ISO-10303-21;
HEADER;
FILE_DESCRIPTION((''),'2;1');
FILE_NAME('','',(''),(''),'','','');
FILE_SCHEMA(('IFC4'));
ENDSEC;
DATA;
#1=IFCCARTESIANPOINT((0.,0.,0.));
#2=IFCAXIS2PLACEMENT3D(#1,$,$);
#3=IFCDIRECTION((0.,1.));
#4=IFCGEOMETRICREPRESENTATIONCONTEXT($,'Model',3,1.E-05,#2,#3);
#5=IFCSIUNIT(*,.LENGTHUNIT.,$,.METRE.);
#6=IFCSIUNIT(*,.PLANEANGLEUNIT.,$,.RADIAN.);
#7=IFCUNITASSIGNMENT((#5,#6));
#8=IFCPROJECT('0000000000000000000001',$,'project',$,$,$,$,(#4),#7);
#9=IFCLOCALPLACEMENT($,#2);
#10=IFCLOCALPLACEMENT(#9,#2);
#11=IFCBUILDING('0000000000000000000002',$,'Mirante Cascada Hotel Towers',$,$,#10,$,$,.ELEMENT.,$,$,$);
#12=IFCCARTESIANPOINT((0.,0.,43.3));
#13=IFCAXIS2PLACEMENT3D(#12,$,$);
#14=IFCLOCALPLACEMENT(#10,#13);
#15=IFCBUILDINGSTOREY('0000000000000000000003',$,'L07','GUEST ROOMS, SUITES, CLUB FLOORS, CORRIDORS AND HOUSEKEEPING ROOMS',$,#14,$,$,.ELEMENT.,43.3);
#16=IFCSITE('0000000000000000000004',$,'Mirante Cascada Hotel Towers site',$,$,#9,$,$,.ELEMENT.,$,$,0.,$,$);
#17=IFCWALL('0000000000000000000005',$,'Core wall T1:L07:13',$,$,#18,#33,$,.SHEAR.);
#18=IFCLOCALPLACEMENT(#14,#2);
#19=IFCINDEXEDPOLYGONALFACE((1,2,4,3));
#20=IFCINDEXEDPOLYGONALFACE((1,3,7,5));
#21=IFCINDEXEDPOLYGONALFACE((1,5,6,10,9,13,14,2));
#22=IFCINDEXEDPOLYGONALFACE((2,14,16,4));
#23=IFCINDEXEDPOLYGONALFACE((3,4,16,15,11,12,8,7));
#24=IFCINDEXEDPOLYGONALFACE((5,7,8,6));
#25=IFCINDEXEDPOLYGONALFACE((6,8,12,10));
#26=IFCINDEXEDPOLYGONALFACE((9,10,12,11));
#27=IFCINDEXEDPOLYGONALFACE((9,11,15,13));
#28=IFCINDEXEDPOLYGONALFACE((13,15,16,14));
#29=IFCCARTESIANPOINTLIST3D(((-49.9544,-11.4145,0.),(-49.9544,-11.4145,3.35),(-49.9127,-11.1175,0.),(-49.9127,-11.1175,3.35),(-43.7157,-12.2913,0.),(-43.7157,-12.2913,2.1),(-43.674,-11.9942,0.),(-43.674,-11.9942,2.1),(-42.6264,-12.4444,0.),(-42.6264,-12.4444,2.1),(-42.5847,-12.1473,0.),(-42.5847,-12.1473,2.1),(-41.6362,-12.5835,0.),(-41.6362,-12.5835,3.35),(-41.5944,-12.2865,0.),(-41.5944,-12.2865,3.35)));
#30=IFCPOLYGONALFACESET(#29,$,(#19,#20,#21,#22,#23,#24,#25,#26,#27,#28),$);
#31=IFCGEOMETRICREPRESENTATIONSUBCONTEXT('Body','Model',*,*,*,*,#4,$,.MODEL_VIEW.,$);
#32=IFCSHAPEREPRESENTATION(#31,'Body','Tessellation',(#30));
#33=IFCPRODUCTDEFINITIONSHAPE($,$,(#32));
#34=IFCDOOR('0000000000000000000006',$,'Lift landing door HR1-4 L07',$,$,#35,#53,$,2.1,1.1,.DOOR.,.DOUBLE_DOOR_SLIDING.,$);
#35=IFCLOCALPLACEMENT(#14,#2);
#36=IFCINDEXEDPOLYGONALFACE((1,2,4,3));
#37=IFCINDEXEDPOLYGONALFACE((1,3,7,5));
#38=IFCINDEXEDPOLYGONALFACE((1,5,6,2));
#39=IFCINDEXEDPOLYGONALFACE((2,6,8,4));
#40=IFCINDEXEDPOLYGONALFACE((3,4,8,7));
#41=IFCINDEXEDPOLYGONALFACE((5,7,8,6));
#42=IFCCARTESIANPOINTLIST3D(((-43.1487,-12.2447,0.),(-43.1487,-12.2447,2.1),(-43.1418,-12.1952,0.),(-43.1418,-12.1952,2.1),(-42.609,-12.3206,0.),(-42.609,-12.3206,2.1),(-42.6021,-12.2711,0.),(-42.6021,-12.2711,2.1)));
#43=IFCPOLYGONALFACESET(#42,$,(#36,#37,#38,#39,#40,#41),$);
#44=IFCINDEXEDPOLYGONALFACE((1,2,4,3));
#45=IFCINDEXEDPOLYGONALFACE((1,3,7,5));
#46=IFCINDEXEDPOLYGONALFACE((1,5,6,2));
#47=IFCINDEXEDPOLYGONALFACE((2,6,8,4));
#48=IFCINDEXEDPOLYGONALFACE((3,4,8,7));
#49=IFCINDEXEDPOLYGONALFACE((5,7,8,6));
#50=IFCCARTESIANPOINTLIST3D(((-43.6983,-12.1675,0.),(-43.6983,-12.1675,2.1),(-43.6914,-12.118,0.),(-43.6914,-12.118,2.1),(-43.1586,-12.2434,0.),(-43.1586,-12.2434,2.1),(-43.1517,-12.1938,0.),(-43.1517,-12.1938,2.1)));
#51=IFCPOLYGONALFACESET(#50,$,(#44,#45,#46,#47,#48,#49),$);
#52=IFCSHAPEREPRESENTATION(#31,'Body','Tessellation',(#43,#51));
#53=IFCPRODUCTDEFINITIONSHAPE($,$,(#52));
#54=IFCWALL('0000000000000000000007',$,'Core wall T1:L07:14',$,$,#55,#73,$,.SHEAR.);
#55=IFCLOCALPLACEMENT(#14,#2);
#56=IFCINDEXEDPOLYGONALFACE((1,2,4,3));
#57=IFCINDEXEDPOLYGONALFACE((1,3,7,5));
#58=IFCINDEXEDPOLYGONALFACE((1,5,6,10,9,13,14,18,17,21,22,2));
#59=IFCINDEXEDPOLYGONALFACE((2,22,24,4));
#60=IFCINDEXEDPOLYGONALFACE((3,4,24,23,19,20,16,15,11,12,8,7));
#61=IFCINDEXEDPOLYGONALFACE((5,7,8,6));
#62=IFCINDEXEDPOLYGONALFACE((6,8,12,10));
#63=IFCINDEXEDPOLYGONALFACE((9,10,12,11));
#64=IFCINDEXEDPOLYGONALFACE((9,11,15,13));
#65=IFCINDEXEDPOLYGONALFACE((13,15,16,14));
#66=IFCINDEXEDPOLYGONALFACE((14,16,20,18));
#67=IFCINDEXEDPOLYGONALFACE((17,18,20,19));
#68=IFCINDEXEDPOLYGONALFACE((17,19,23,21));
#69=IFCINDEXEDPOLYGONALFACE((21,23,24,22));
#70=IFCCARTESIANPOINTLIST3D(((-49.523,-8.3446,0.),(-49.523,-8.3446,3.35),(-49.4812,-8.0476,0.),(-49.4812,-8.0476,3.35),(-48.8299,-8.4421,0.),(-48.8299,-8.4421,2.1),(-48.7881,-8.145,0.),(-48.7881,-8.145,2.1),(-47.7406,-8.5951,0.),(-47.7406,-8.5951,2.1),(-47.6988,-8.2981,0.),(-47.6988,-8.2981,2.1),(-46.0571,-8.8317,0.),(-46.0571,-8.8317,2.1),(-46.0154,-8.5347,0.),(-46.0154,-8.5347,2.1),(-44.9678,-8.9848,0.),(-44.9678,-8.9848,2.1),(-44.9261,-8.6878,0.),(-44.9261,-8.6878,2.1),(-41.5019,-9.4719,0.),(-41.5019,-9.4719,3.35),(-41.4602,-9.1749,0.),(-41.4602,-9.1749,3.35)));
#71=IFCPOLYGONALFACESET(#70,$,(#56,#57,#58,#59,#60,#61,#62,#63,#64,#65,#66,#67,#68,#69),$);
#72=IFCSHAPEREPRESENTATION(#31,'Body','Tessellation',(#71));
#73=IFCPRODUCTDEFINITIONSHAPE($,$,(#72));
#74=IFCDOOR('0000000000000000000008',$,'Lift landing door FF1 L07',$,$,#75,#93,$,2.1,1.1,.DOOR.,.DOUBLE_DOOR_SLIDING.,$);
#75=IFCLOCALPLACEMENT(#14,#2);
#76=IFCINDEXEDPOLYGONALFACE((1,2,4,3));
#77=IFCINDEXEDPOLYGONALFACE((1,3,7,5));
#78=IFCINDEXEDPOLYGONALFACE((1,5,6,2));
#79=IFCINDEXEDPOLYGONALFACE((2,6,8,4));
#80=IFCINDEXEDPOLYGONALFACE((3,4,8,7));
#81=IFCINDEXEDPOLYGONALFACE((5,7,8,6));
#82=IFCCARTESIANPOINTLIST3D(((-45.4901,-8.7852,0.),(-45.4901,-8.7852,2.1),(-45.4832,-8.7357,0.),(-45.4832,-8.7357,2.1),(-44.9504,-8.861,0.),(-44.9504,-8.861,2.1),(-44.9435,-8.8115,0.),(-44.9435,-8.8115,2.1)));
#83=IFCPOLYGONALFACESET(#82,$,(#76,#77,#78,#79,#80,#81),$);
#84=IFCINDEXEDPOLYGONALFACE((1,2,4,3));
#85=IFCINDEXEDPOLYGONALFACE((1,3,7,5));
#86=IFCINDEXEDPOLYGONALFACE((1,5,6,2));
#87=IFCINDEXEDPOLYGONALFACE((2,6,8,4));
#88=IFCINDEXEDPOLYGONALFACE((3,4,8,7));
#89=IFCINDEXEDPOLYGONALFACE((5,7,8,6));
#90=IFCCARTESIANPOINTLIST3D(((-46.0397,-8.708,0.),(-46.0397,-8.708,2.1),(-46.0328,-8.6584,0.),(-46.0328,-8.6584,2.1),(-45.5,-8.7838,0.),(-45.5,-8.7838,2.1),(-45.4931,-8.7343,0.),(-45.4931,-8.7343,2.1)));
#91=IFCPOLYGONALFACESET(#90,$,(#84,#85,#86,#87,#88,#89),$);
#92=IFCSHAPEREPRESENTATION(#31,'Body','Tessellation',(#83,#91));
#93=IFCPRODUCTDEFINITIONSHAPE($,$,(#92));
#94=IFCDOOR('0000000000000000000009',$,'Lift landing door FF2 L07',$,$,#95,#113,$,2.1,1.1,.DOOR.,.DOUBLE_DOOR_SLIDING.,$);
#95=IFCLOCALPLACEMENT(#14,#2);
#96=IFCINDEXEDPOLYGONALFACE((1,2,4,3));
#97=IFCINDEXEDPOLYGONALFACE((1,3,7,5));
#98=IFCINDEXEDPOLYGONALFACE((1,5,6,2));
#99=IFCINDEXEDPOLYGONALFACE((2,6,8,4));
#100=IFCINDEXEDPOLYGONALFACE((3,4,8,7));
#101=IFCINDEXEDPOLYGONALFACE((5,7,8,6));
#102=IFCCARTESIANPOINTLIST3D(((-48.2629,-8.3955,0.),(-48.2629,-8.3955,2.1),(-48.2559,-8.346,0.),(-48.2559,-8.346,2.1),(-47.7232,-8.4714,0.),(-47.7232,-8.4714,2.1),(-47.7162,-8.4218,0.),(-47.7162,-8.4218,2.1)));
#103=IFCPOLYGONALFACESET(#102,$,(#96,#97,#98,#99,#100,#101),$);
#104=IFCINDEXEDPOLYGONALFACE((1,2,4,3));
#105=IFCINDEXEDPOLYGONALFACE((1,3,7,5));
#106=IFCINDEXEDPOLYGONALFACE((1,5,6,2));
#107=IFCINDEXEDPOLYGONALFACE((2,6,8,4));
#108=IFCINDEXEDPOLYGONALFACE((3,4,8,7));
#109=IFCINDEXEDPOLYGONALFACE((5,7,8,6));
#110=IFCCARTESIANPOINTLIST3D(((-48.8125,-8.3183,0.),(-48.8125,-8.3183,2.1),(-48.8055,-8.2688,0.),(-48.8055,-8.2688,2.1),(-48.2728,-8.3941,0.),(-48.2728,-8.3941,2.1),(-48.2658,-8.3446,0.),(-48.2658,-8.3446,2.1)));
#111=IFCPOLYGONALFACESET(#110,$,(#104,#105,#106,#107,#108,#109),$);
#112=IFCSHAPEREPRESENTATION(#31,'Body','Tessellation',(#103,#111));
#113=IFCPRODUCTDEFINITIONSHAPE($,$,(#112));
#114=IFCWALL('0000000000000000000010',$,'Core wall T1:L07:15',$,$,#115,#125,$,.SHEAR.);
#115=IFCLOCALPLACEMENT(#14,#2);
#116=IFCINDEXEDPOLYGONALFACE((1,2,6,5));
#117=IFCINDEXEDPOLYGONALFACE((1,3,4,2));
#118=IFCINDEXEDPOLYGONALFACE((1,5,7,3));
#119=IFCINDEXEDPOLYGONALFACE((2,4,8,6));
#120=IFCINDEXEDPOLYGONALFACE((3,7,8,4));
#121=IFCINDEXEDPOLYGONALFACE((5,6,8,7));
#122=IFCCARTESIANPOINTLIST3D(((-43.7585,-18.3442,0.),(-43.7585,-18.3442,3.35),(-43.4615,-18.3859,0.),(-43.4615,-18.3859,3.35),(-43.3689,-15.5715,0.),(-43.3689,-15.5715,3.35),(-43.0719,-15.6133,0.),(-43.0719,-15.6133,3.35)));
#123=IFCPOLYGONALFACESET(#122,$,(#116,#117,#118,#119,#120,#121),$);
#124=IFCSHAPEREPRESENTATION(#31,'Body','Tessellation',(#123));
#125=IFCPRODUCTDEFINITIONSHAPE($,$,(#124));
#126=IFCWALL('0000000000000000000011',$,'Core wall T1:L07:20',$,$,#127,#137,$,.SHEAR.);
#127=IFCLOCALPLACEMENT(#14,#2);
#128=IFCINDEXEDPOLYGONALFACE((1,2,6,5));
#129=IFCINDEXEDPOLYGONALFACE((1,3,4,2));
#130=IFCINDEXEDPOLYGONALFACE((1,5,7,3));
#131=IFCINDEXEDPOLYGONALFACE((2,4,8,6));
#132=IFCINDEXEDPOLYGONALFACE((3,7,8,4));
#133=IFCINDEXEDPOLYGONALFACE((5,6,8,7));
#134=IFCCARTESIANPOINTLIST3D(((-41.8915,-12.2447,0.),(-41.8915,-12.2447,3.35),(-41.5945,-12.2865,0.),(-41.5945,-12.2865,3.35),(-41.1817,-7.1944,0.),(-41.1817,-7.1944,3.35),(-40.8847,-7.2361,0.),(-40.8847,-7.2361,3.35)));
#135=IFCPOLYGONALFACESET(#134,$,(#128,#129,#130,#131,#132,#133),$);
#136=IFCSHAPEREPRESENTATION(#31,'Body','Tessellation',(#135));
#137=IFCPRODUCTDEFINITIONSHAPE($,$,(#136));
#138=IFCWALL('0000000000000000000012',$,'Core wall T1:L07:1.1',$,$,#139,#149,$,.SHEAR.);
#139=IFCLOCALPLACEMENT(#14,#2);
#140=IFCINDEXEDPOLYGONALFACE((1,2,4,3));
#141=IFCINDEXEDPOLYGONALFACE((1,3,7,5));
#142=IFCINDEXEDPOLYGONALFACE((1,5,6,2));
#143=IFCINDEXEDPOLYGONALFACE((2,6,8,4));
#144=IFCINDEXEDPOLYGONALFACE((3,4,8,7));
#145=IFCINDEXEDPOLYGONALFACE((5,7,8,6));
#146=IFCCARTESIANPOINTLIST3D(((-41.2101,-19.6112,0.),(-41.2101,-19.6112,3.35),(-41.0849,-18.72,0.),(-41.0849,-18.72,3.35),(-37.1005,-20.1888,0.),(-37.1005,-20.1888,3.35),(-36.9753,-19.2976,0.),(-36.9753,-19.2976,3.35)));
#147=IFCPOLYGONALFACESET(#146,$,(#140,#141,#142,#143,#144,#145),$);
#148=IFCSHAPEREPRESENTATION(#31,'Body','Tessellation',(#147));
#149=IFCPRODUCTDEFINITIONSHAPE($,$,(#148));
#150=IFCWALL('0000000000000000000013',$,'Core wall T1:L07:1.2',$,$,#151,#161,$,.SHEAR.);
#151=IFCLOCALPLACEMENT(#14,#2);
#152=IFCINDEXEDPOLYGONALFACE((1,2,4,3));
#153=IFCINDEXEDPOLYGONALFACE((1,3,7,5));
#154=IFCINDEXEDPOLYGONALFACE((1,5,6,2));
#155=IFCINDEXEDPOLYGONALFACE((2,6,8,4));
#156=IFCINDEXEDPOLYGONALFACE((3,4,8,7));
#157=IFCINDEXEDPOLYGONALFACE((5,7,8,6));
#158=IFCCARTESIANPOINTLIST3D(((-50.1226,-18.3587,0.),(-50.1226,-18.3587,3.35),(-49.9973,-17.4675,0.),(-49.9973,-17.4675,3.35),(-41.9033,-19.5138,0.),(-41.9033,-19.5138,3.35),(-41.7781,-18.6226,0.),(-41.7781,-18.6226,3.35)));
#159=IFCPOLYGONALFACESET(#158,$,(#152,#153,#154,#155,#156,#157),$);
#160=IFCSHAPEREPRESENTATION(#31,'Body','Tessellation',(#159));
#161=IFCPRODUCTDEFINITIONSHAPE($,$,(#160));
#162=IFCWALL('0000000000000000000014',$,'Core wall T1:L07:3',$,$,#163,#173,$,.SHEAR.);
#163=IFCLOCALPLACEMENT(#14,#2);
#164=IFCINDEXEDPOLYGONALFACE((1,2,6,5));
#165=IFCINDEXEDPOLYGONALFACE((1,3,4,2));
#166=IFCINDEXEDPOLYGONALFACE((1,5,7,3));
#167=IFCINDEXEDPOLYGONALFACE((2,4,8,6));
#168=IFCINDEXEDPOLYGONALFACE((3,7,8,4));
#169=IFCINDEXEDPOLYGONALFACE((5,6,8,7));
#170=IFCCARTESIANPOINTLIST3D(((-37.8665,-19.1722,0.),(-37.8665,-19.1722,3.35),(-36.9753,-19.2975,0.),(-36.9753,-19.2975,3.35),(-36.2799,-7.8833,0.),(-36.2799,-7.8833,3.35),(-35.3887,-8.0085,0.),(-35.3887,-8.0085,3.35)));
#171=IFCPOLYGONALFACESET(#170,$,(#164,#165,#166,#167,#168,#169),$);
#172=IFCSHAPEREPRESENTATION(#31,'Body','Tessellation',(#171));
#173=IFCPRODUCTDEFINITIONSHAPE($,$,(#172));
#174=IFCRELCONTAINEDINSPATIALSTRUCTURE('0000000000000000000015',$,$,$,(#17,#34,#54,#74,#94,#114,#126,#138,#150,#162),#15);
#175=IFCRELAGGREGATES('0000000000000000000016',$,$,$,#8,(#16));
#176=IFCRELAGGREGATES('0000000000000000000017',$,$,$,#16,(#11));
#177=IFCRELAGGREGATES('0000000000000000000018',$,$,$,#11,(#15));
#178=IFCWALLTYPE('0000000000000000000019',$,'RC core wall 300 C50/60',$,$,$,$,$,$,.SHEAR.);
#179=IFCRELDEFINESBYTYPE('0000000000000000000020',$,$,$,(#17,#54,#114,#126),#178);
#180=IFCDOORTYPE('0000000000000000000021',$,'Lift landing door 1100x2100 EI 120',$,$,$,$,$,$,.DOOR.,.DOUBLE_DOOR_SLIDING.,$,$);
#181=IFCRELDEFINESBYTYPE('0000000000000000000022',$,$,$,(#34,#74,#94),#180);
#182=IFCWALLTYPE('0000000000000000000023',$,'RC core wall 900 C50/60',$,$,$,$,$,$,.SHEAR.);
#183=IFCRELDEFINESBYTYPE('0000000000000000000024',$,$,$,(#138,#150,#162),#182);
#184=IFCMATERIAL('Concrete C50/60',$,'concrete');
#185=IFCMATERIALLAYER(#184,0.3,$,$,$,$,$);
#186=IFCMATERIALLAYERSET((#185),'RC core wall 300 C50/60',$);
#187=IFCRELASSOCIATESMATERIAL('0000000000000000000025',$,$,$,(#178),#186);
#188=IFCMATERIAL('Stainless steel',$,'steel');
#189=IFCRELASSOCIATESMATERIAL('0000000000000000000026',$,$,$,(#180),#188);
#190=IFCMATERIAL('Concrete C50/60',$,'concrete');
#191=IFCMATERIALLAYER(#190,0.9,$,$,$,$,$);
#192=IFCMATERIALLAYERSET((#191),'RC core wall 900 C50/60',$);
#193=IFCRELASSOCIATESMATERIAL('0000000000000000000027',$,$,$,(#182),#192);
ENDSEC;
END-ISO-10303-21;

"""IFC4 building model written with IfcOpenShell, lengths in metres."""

from ifc_helpers import new_model, si_unit, direction, frame, frame_2d, origin, place, context, subcontext, project, spatial, rectangle, extrude, material, layer, layer_set, type_object, element, fill, save


model = new_model("IFC4")

# Units and contexts
model_context = context("Model", 3, precision=1e-05, world=origin(), true_north=direction((0.0, 1.0)))
body_context = subcontext(model_context, "Body", "Model", "MODEL_VIEW")
ifc_project = project(units=[si_unit("LENGTHUNIT", "METRE"), si_unit("PLANEANGLEUNIT", "RADIAN")], contexts=[model_context])

# Site, building, storey
site_placement = place(None, origin())
site = spatial("IfcSite", under=ifc_project, at=site_placement, Name="Mirante Cascada Hotel Towers site", CompositionType="ELEMENT", RefElevation=0.0)
building_placement = place(site_placement, origin())
building = spatial("IfcBuilding", under=site, at=building_placement, Name="Mirante Cascada Hotel Towers", CompositionType="ELEMENT")
storey_placement = place(building_placement, frame((0.0, 0.0, 43.3)))
storey = spatial("IfcBuildingStorey", under=building, at=storey_placement, Name="L07", Description="GUEST ROOMS, SUITES, CLUB FLOORS, CORRIDORS AND HOUSEKEEPING ROOMS", CompositionType="ELEMENT", Elevation=43.3)

# Shared definitions
ifc_material_1 = material(Name="Concrete C50/60", Category="concrete")
ifc_layer_1 = layer(ifc_material_1, 0.3)
ifc_layer_set_1 = layer_set([ifc_layer_1], Name="RC core wall 300 C50/60")
wall_type_1 = type_object("IfcWallType", Name="RC core wall 300 C50/60", PredefinedType="SHEAR", material=ifc_layer_set_1)

# Shared definitions
ifc_material_2 = material(Name="Stainless steel", Category="steel")
door_type_1 = type_object("IfcDoorType", Name="Lift landing door 1100x2100 EI 120", OperationType="DOUBLE_DOOR_SLIDING", PredefinedType="DOOR", material=ifc_material_2)

# Wall, opening, door
wall_1_placement = place(storey_placement, frame((-41.6153, -12.435, 0.0), z_axis=(0.0, 0.0, 1.0), x_axis=(-0.990269, 0.139166, 0.0)))
wall_1 = element("IfcWall", 1, at=wall_1_placement, inside=storey, type_object=wall_type_1, Name="Core wall T1:L07:13", PredefinedType="SHEAR", context=body_context, shape_type="SweptSolid", body=[
    extrude(rectangle(XDim=8.4, YDim=0.3, at=frame_2d((4.2, 0.0))), origin(), (0.0, 0.0, 1.0), 3.35),
])
opening_1_placement = place(wall_1_placement, frame((1.0, 0.0, 0.0)))
opening_1 = element("IfcOpeningElement", 2, at=opening_1_placement, cuts=wall_1, PredefinedType="OPENING", context=body_context, shape_type="SweptSolid", body=[
    extrude(rectangle(XDim=1.1, YDim=2.1, at=frame_2d((0.55, 1.05))), frame((0.0, 0.15, 0.0), z_axis=(0.0, -1.0, 0.0), x_axis=(1.0, 0.0, 0.0)), (0.0, 0.0, 1.0), 0.3),
])
door_1_placement = place(opening_1_placement, origin())
door_1 = element("IfcDoor", 3, at=door_1_placement, inside=storey, type_object=door_type_1, Name="Lift landing door HR1-4 L07", OperationType="DOUBLE_DOOR_SLIDING", OverallHeight=2.1, OverallWidth=1.1, PredefinedType="DOOR", context=body_context, shape_type="SweptSolid", body=[
    extrude(rectangle(XDim=0.545, YDim=2.1, at=frame_2d((0.2725, 1.05))), frame((0.0, 0.025, 0.0), z_axis=(0.0, -1.0, 0.0), x_axis=(1.0, 0.0, 0.0)), (0.0, 0.0, 1.0), 0.05),
    extrude(rectangle(XDim=0.545, YDim=2.1, at=frame_2d((0.8275, 1.05))), frame((0.0, 0.025, 0.0), z_axis=(0.0, -1.0, 0.0), x_axis=(1.0, 0.0, 0.0)), (0.0, 0.0, 1.0), 0.05),
])
fill(opening_1, door_1)

# Wall, openings, doors
wall_2_placement = place(storey_placement, frame((-41.481, -9.3234, 0.0), z_axis=(0.0, 0.0, 1.0), x_axis=(-0.990268, 0.139174, 0.0)))
wall_2 = element("IfcWall", 4, at=wall_2_placement, inside=storey, type_object=wall_type_1, Name="Core wall T1:L07:14", PredefinedType="SHEAR", context=body_context, shape_type="SweptSolid", body=[
    extrude(rectangle(XDim=8.0999, YDim=0.3, at=frame_2d((4.05, 0.0))), origin(), (0.0, 0.0, 1.0), 3.35),
])
opening_2_placement = place(wall_2_placement, frame((3.5, 0.0, 0.0)))
opening_2 = element("IfcOpeningElement", 5, at=opening_2_placement, cuts=wall_2, PredefinedType="OPENING", context=body_context, shape_type="SweptSolid", body=[
    extrude(rectangle(XDim=1.1, YDim=2.1, at=frame_2d((0.55, 1.05))), frame((0.0, 0.15, 0.0), z_axis=(0.0, -1.0, 0.0), x_axis=(1.0, 0.0, 0.0)), (0.0, 0.0, 1.0), 0.3),
])
opening_3_placement = place(wall_2_placement, frame((6.3, 0.0, 0.0)))
opening_3 = element("IfcOpeningElement", 6, at=opening_3_placement, cuts=wall_2, PredefinedType="OPENING", context=body_context, shape_type="SweptSolid", body=[
    extrude(rectangle(XDim=1.1, YDim=2.1, at=frame_2d((0.55, 1.05))), frame((0.0, 0.15, 0.0), z_axis=(0.0, -1.0, 0.0), x_axis=(1.0, 0.0, 0.0)), (0.0, 0.0, 1.0), 0.3),
])
door_2_placement = place(opening_2_placement, origin())
door_2 = element("IfcDoor", 7, at=door_2_placement, inside=storey, type_object=door_type_1, Name="Lift landing door FF1 L07", OperationType="DOUBLE_DOOR_SLIDING", OverallHeight=2.1, OverallWidth=1.1, PredefinedType="DOOR", context=body_context, shape_type="SweptSolid", body=[
    extrude(rectangle(XDim=0.545, YDim=2.1, at=frame_2d((0.2725, 1.05))), frame((0.0, 0.025, 0.0), z_axis=(0.0, -1.0, 0.0), x_axis=(1.0, 0.0, 0.0)), (0.0, 0.0, 1.0), 0.05),
    extrude(rectangle(XDim=0.545, YDim=2.1, at=frame_2d((0.8275, 1.05))), frame((0.0, 0.025, 0.0), z_axis=(0.0, -1.0, 0.0), x_axis=(1.0, 0.0, 0.0)), (0.0, 0.0, 1.0), 0.05),
])
fill(opening_2, door_2)
door_3_placement = place(opening_3_placement, origin())
door_3 = element("IfcDoor", 8, at=door_3_placement, inside=storey, type_object=door_type_1, Name="Lift landing door FF2 L07", OperationType="DOUBLE_DOOR_SLIDING", OverallHeight=2.1, OverallWidth=1.1, PredefinedType="DOOR", context=body_context, shape_type="SweptSolid", body=[
    extrude(rectangle(XDim=0.545, YDim=2.1, at=frame_2d((0.2725, 1.05))), frame((0.0, 0.025, 0.0), z_axis=(0.0, -1.0, 0.0), x_axis=(1.0, 0.0, 0.0)), (0.0, 0.0, 1.0), 0.05),
    extrude(rectangle(XDim=0.545, YDim=2.1, at=frame_2d((0.8275, 1.05))), frame((0.0, 0.025, 0.0), z_axis=(0.0, -1.0, 0.0), x_axis=(1.0, 0.0, 0.0)), (0.0, 0.0, 1.0), 0.05),
])
fill(opening_3, door_3)

# Walls
wall_3_placement = place(storey_placement, frame((-43.61, -18.3651, 0.0), z_axis=(0.0, 0.0, 1.0), x_axis=(0.139146, 0.990272, 0.0)))
element("IfcWall", 9, at=wall_3_placement, inside=storey, type_object=wall_type_1, Name="Core wall T1:L07:15", PredefinedType="SHEAR", context=body_context, shape_type="SweptSolid", body=[
    extrude(rectangle(XDim=2.7999, YDim=0.3, at=frame_2d((1.4, 0.0))), origin(), (0.0, 0.0, 1.0), 3.35),
])
wall_4_placement = place(storey_placement, frame((-41.743, -12.2656, 0.0), z_axis=(0.0, 0.0, 1.0), x_axis=(0.139176, 0.990268, 0.0)))
element("IfcWall", 10, at=wall_4_placement, inside=storey, type_object=wall_type_1, Name="Core wall T1:L07:20", PredefinedType="SHEAR", context=body_context, shape_type="SweptSolid", body=[
    extrude(rectangle(XDim=5.1, YDim=0.3, at=frame_2d((2.55, 0.0))), origin(), (0.0, 0.0, 1.0), 3.35),
])
ifc_material_3 = material(Name="Concrete C50/60", Category="concrete")
ifc_layer_2 = layer(ifc_material_3, 0.9)
ifc_layer_set_2 = layer_set([ifc_layer_2], Name="RC core wall 900 C50/60")
wall_type_2 = type_object("IfcWallType", Name="RC core wall 900 C50/60", PredefinedType="SHEAR", material=ifc_layer_set_2)
wall_5_placement = place(storey_placement, frame((-37.0379, -19.7432, 0.0), z_axis=(0.0, 0.0, 1.0), x_axis=(-0.990267, 0.139181, 0.0)))
element("IfcWall", 11, at=wall_5_placement, inside=storey, type_object=wall_type_2, Name="Core wall T1:L07:1.1", PredefinedType="SHEAR", context=body_context, shape_type="SweptSolid", body=[
    extrude(rectangle(XDim=4.15, YDim=0.9, at=frame_2d((2.075, 0.0))), origin(), (0.0, 0.0, 1.0), 3.35),
])
wall_6_placement = place(storey_placement, frame((-41.8407, -19.0682, 0.0), z_axis=(0.0, 0.0, 1.0), x_axis=(-0.990269, 0.139169, 0.0)))
element("IfcWall", 12, at=wall_6_placement, inside=storey, type_object=wall_type_2, Name="Core wall T1:L07:1.2", PredefinedType="SHEAR", context=body_context, shape_type="SweptSolid", body=[
    extrude(rectangle(XDim=8.3, YDim=0.9, at=frame_2d((4.15, 0.0))), origin(), (0.0, 0.0, 1.0), 3.35),
])
wall_7_placement = place(storey_placement, frame((-37.4209, -19.2349, 0.0), z_axis=(0.0, 0.0, 1.0), x_axis=(0.139176, 0.990268, 0.0)))
element("IfcWall", 13, at=wall_7_placement, inside=storey, type_object=wall_type_2, Name="Core wall T1:L07:3", PredefinedType="SHEAR", context=body_context, shape_type="SweptSolid", body=[
    extrude(rectangle(XDim=11.3999, YDim=0.9, at=frame_2d((5.7, 0.0))), origin(), (0.0, 0.0, 1.0), 3.35),
])

save(model, "model.ifc")
